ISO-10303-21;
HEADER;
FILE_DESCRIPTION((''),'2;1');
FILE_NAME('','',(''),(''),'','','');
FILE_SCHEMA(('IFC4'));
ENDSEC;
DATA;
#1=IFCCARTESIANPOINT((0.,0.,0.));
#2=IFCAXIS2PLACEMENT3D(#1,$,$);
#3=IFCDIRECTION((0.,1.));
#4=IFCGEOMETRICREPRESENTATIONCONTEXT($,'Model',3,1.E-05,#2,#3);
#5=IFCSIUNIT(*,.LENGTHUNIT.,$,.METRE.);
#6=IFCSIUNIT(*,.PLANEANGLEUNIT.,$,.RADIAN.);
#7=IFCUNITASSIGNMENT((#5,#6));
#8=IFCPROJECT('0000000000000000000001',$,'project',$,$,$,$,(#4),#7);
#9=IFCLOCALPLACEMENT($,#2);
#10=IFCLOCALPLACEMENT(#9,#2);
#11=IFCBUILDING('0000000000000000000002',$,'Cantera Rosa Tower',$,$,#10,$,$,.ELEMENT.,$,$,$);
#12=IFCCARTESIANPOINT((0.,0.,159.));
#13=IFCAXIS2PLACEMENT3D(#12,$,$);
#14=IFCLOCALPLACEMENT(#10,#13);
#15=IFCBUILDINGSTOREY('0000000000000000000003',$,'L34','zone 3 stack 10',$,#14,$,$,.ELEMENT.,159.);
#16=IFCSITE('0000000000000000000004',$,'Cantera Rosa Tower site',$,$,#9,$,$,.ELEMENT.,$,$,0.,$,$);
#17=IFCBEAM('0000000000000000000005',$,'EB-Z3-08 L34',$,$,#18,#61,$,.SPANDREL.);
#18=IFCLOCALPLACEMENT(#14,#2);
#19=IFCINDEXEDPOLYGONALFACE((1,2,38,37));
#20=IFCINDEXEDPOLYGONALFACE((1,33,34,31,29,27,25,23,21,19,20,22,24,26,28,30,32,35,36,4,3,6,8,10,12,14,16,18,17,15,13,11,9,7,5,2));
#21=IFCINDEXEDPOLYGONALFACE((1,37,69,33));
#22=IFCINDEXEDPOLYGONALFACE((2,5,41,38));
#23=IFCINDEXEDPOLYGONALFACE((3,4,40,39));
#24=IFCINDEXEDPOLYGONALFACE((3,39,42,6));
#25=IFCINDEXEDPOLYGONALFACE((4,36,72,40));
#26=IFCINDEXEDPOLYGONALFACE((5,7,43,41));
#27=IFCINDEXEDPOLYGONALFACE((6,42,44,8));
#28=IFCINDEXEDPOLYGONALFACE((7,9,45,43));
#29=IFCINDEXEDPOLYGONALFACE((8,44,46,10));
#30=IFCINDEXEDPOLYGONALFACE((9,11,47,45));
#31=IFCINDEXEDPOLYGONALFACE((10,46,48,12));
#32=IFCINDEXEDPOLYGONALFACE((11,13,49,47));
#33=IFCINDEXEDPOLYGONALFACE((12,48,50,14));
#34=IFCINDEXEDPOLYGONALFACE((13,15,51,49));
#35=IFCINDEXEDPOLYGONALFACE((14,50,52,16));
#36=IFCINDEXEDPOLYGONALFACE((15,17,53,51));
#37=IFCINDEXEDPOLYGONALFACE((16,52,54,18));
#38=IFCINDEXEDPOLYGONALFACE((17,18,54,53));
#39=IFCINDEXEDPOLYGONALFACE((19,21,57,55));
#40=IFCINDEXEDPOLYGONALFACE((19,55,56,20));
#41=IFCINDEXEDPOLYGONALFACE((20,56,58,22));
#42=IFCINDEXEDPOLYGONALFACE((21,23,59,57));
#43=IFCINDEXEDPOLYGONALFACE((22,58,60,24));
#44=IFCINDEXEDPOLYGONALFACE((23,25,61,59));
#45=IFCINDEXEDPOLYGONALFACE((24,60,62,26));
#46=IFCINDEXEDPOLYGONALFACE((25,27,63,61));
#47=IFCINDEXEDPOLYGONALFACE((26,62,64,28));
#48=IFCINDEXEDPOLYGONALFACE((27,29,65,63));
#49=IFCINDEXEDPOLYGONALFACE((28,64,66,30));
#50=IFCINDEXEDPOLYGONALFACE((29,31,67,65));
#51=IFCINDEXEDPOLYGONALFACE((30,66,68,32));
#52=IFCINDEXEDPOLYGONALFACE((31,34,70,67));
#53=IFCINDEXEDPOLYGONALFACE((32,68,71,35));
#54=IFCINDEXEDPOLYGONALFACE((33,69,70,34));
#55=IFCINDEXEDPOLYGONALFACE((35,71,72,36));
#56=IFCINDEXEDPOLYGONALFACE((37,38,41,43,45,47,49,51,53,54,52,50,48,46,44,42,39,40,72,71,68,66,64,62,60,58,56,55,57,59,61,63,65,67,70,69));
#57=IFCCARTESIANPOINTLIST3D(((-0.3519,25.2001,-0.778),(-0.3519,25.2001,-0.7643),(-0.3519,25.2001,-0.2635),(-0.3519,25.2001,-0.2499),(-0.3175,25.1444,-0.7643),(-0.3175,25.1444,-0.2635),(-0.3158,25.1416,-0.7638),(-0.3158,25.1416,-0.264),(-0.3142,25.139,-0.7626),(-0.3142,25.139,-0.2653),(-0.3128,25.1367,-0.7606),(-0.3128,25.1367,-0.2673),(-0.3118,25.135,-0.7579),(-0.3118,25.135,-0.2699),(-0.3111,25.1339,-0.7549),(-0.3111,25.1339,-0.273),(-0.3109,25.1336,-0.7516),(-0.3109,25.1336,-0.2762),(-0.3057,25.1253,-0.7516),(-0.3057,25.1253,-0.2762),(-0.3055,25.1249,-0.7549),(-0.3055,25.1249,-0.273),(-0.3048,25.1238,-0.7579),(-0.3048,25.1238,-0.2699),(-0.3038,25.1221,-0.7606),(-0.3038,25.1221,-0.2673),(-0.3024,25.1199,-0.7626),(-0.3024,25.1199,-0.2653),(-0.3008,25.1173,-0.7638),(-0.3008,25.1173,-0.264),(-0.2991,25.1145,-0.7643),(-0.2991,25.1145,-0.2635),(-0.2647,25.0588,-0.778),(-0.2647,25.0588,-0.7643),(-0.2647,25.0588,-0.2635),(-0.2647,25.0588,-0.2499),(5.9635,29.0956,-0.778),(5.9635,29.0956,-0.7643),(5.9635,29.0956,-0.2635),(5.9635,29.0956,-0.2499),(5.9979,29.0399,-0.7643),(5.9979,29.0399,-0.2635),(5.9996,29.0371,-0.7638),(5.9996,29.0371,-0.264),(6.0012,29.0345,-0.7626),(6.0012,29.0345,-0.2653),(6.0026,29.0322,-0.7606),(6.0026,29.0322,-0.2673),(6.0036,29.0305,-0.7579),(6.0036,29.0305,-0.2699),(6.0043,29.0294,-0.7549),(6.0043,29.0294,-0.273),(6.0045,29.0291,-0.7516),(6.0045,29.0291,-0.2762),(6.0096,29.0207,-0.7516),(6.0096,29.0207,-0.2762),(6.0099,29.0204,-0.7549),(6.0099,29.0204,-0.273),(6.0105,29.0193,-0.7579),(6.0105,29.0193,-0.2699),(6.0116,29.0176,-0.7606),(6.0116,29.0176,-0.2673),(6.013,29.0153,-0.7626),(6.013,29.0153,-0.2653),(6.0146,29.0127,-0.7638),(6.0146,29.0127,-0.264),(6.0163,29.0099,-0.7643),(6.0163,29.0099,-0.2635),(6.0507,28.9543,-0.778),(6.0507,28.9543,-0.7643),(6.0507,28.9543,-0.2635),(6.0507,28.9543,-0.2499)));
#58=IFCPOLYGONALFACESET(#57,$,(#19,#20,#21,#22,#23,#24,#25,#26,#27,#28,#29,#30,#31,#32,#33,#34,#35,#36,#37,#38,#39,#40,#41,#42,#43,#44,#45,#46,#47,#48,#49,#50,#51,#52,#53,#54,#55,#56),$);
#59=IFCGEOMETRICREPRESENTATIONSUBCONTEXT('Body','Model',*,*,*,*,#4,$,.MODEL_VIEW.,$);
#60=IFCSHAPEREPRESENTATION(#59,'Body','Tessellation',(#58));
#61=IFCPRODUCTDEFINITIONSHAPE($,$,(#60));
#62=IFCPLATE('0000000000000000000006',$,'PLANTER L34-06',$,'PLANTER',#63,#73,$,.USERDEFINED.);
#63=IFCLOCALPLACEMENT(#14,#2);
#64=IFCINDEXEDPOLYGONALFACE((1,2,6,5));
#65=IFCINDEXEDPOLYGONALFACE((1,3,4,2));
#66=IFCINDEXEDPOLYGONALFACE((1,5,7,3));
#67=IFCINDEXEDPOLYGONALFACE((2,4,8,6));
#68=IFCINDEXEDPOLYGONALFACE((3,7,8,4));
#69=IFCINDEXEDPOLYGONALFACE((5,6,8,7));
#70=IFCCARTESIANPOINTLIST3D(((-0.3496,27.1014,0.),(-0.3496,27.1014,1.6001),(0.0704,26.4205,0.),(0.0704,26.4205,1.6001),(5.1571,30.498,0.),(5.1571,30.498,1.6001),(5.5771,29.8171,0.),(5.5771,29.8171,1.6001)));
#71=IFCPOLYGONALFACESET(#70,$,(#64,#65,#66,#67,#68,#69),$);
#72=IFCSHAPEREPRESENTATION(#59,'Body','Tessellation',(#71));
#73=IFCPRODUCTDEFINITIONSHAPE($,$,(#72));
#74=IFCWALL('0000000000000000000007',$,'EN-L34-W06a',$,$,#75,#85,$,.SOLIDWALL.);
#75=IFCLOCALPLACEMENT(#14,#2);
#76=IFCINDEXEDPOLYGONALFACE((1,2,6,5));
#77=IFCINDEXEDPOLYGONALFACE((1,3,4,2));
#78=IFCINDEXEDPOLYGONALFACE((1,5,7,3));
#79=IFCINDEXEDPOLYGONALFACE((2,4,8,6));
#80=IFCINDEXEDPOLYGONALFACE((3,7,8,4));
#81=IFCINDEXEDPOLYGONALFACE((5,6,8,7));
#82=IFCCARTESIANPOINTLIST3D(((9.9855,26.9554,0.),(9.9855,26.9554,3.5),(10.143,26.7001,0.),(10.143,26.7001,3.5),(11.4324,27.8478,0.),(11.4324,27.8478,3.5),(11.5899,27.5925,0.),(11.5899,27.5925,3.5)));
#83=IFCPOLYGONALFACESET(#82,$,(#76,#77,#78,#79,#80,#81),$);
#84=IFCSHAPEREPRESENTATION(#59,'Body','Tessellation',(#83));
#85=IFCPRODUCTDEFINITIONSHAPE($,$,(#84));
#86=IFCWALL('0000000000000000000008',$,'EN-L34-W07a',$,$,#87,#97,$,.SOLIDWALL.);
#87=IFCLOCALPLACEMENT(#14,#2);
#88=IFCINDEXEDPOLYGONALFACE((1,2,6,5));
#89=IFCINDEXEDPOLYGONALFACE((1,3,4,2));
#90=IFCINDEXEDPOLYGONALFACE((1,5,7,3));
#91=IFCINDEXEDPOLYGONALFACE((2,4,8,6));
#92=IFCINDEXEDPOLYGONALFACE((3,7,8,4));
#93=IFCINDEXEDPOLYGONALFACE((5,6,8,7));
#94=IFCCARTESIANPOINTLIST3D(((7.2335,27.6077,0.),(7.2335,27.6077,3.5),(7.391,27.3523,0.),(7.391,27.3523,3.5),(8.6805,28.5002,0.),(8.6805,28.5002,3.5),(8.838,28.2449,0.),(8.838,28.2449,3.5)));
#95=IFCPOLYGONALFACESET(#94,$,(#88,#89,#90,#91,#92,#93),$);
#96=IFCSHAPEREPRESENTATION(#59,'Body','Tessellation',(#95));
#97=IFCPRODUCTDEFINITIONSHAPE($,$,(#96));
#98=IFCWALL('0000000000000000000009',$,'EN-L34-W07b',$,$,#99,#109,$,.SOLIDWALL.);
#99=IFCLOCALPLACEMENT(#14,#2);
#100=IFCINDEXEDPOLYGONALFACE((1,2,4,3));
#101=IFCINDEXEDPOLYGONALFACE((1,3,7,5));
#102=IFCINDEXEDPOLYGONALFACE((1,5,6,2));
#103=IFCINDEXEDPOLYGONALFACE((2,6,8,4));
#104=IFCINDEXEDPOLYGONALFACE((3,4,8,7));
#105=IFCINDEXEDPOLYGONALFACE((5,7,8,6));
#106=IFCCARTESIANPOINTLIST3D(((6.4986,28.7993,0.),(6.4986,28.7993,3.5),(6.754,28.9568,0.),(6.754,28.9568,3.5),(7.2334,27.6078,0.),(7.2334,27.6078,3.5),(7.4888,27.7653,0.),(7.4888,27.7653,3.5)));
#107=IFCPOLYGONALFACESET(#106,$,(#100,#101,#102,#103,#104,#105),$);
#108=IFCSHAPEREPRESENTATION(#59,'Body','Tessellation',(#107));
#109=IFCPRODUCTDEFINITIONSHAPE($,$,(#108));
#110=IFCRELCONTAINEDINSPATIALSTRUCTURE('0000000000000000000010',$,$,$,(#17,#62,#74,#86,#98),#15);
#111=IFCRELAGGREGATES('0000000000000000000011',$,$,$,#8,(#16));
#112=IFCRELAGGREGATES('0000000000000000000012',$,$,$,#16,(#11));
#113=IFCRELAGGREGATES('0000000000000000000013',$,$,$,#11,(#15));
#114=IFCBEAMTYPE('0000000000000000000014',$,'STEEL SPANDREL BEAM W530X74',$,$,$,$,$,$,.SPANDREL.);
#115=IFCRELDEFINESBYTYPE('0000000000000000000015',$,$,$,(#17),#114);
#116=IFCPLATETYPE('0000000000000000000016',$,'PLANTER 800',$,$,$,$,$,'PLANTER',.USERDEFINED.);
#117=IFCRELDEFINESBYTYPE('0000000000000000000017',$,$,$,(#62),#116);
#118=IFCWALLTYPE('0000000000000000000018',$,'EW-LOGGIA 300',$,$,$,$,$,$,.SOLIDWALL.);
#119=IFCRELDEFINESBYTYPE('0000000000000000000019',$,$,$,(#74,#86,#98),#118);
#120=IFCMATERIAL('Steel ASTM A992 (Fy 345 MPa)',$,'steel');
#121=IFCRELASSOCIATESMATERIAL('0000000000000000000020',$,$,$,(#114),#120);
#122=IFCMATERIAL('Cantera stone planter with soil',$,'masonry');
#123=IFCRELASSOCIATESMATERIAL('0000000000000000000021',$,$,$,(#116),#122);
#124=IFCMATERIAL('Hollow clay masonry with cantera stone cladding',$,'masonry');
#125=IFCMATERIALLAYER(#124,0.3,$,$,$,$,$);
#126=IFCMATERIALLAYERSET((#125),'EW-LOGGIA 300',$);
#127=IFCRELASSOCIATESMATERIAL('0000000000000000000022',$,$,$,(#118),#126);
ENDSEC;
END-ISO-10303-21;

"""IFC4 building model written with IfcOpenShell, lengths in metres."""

from ifc_helpers import new_model, si_unit, direction, frame, frame_2d, origin, origin_2d, place, context, subcontext, project, spatial, rectangle, i_section, extrude, material, layer, layer_set, material_profile, profile_set, type_object, element, save


model = new_model("IFC4")

# Units and contexts
model_context = context("Model", 3, precision=1e-05, world=origin(), true_north=direction((0.0, 1.0)))
body_context = subcontext(model_context, "Body", "Model", "MODEL_VIEW")
ifc_project = project(units=[si_unit("LENGTHUNIT", "METRE"), si_unit("PLANEANGLEUNIT", "RADIAN")], contexts=[model_context])

# Site, building, storey
site_placement = place(None, origin())
site = spatial("IfcSite", under=ifc_project, at=site_placement, Name="Cantera Rosa Tower site", CompositionType="ELEMENT", RefElevation=0.0)
building_placement = place(site_placement, origin())
building = spatial("IfcBuilding", under=site, at=building_placement, Name="Cantera Rosa Tower", CompositionType="ELEMENT")
storey_placement = place(building_placement, frame((0.0, 0.0, 159.0)))
storey = spatial("IfcBuildingStorey", under=building, at=storey_placement, Name="L34", Description="zone 3 stack 10", CompositionType="ELEMENT", Elevation=159.0)

# Beam
ifc_material_1 = material(Name="Steel ASTM A992 (Fy 345 MPa)", Category="steel")
ifc_material_profile_1 = material_profile(ifc_material_1, i_section(OverallWidth=0.166, OverallDepth=0.5281, WebThickness=0.0098, FlangeThickness=0.0137, FilletRadius=0.0127, at=origin_2d()), Name="W530X74")
ifc_profile_set_1 = profile_set([ifc_material_profile_1], Name="Steel ASTM A992 (Fy 345 MPa)")
beam_type_1 = type_object("IfcBeamType", Name="STEEL SPANDREL BEAM W530X74", PredefinedType="SPANDREL", material=ifc_profile_set_1)
beam_1_placement = place(storey_placement, frame((6.0071, 29.0249, -0.5139), z_axis=(-0.851111, -0.524986, 0.0), x_axis=(0.524986, -0.851111, 0.0)))
element("IfcBeam", 1, at=beam_1_placement, inside=storey, type_object=beam_type_1, Name="EB-Z3-08 L34", PredefinedType="SPANDREL", context=body_context, shape_type="SweptSolid", body=[
    extrude(i_section(OverallWidth=0.166, OverallDepth=0.5281, WebThickness=0.0098, FlangeThickness=0.0137, FilletRadius=0.0127, at=origin_2d()), origin(), (0.0, 0.0, 1.0), 7.4202),
])

# Plate
ifc_material_2 = material(Name="Cantera stone planter with soil", Category="masonry")
plate_type = type_object("IfcPlateType", Name="PLANTER 800", ElementType="PLANTER", PredefinedType="USERDEFINED", material=ifc_material_2)
plate_placement = place(storey_placement, frame((2.6138, 28.4592, 0.0), z_axis=(0.0, 0.0, 1.0), x_axis=(-0.851117, -0.524977, 0.0)))
element("IfcPlate", 2, at=plate_placement, inside=storey, type_object=plate_type, Name="PLANTER L34-06", ObjectType="PLANTER", PredefinedType="USERDEFINED", context=body_context, shape_type="SweptSolid", body=[
    extrude(rectangle(XDim=6.47, YDim=0.8, at=origin_2d()), origin(), (0.0, 0.0, 1.0), 1.6001),
])

# Walls
ifc_material_3 = material(Name="Hollow clay masonry with cantera stone cladding", Category="masonry")
ifc_layer_1 = layer(ifc_material_3, 0.3)
ifc_layer_set_1 = layer_set([ifc_layer_1], Name="EW-LOGGIA 300")
wall_type_1 = type_object("IfcWallType", Name="EW-LOGGIA 300", PredefinedType="SOLIDWALL", material=ifc_layer_set_1)
wall_1_placement = place(storey_placement, frame((11.5112, 27.7202, 0.0), z_axis=(0.0, 0.0, 1.0), x_axis=(-0.85113, -0.524955, 0.0)))
element("IfcWall", 3, at=wall_1_placement, inside=storey, type_object=wall_type_1, Name="EN-L34-W06a", PredefinedType="SOLIDWALL", context=body_context, shape_type="SweptSolid", body=[
    extrude(rectangle(XDim=1.7, YDim=0.3, at=frame_2d((0.8501, 0.0))), origin(), (0.0, 0.0, 1.0), 3.5),
])
wall_2_placement = place(storey_placement, frame((8.7593, 28.3726, 0.0), z_axis=(0.0, 0.0, 1.0), x_axis=(-0.851106, -0.524994, 0.0)))
element("IfcWall", 4, at=wall_2_placement, inside=storey, type_object=wall_type_1, Name="EN-L34-W07a", PredefinedType="SOLIDWALL", context=body_context, shape_type="SweptSolid", body=[
    extrude(rectangle(XDim=1.7002, YDim=0.3, at=frame_2d((0.8501, 0.0))), origin(), (0.0, 0.0, 1.0), 3.5),
])
wall_3_placement = place(storey_placement, frame((7.3611, 27.6865, 0.0), z_axis=(0.0, 0.0, 1.0), x_axis=(-0.524895, 0.851167, 0.0)))
element("IfcWall", 5, at=wall_3_placement, inside=storey, type_object=wall_type_1, Name="EN-L34-W07b", PredefinedType="SOLIDWALL", context=body_context, shape_type="SweptSolid", body=[
    extrude(rectangle(XDim=1.3999, YDim=0.3, at=frame_2d((0.7, 0.0))), origin(), (0.0, 0.0, 1.0), 3.5),
])

save(model, "model.ifc")
